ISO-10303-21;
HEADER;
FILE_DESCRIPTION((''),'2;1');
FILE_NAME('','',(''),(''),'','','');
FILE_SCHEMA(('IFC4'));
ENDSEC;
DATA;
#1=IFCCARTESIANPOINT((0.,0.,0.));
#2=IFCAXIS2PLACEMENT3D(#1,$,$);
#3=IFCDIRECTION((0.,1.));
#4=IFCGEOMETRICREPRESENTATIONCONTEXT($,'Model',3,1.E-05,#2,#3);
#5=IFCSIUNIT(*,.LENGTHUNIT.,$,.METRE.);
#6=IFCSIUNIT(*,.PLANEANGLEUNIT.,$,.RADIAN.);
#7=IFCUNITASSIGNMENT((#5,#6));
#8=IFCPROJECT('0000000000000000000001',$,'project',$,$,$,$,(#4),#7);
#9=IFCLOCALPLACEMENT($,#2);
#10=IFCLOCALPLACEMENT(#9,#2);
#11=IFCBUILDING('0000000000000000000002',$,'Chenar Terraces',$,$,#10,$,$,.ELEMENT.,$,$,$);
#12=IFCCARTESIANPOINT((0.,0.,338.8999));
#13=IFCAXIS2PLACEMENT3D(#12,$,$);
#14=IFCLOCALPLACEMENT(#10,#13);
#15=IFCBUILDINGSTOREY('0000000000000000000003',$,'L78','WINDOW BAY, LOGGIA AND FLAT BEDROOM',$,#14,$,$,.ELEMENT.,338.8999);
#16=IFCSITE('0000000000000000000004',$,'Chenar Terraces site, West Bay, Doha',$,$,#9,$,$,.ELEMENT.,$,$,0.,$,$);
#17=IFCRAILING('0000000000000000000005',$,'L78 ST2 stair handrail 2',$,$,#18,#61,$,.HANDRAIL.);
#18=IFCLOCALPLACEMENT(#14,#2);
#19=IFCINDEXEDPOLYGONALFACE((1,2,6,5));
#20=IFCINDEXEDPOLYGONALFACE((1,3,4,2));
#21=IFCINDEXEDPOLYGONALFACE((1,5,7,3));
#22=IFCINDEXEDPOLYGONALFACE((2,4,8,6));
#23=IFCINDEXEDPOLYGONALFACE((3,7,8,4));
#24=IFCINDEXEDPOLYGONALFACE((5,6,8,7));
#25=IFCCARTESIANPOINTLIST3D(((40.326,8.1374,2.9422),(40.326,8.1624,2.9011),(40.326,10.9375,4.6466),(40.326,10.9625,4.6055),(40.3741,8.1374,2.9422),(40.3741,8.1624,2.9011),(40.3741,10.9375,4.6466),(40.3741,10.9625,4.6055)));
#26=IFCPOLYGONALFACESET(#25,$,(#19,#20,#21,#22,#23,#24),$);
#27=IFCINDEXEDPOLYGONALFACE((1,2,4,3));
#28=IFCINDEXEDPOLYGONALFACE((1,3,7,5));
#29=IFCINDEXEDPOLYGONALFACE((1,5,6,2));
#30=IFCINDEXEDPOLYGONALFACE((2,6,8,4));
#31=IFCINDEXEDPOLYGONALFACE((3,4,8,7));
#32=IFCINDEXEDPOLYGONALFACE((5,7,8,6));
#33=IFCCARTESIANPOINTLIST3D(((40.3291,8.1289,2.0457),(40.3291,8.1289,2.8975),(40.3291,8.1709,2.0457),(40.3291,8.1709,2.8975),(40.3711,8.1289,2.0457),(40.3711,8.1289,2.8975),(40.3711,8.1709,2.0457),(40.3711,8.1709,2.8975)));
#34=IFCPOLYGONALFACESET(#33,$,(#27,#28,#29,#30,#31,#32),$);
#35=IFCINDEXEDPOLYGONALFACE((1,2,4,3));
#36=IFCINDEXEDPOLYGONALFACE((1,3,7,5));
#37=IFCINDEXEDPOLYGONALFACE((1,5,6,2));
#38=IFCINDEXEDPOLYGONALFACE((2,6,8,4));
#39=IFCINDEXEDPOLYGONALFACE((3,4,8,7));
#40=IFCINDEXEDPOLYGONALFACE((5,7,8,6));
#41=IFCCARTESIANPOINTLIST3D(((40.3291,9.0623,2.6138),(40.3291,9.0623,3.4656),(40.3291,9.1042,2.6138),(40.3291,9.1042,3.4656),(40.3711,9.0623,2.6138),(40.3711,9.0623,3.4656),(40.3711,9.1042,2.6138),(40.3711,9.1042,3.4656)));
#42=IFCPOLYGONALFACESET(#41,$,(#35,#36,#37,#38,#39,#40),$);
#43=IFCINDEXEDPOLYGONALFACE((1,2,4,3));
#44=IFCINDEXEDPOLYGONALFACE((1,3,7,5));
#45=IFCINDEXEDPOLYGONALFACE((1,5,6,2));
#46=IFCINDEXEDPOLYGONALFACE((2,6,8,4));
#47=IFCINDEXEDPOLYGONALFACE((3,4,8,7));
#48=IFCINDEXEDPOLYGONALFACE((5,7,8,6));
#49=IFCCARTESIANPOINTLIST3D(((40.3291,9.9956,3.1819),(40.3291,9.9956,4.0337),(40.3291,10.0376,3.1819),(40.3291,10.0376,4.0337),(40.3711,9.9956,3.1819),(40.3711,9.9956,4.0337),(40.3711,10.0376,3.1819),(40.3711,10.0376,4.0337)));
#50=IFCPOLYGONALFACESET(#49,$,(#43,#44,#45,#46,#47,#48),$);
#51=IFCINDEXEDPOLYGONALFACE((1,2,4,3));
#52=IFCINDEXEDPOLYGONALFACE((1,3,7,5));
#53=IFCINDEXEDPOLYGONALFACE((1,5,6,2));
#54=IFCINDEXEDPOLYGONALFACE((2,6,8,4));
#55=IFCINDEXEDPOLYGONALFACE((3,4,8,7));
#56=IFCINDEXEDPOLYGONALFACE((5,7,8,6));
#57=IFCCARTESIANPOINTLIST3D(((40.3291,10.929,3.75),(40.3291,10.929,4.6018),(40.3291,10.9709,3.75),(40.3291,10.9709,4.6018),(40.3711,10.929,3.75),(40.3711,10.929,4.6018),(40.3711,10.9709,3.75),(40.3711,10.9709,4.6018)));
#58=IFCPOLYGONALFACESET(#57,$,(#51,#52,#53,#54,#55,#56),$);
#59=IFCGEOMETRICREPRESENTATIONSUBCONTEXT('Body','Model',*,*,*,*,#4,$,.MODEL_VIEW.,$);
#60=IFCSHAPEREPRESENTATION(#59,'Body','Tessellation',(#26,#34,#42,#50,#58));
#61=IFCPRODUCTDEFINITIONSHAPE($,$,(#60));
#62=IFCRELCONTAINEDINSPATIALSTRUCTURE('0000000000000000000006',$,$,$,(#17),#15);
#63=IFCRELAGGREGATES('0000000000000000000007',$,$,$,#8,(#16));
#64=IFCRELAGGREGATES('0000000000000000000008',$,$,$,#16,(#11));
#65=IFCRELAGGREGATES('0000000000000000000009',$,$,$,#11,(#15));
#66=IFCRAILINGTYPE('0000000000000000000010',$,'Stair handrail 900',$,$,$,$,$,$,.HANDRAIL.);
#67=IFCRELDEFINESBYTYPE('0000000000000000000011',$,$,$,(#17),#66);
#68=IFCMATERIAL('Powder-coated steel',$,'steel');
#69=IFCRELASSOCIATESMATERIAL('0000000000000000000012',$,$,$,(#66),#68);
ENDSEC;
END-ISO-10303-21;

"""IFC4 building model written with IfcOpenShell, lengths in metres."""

from ifc_helpers import new_model, si_unit, direction, frame, origin, origin_2d, place, context, subcontext, project, spatial, rectangle, extrude, material, type_object, element, save


model = new_model("IFC4")

# Units and contexts
model_context = context("Model", 3, precision=1e-05, world=origin(), true_north=direction((0.0, 1.0)))
body_context = subcontext(model_context, "Body", "Model", "MODEL_VIEW")
ifc_project = project(units=[si_unit("LENGTHUNIT", "METRE"), si_unit("PLANEANGLEUNIT", "RADIAN")], contexts=[model_context])

# Site, building, storey
site_placement = place(None, origin())
site = spatial("IfcSite", under=ifc_project, at=site_placement, Name="Chenar Terraces site, West Bay, Doha", CompositionType="ELEMENT", RefElevation=0.0)
building_placement = place(site_placement, origin())
building = spatial("IfcBuilding", under=site, at=building_placement, Name="Chenar Terraces", CompositionType="ELEMENT")
storey_placement = place(building_placement, frame((0.0, 0.0, 338.8999)))
storey = spatial("IfcBuildingStorey", under=building, at=storey_placement, Name="L78", Description="WINDOW BAY, LOGGIA AND FLAT BEDROOM", CompositionType="ELEMENT", Elevation=338.8999)

# Railing
ifc_material_1 = material(Name="Powder-coated steel", Category="steel")
railing_type_1 = type_object("IfcRailingType", Name="Stair handrail 900", PredefinedType="HANDRAIL", material=ifc_material_1)
railing_1_placement = place(storey_placement, frame((40.3501, 8.1499, 2.0457)))
element("IfcRailing", 1, at=railing_1_placement, inside=storey, type_object=railing_type_1, Name="L78 ST2 stair handrail 2", PredefinedType="HANDRAIL", context=body_context, shape_type="SweptSolid", body=[
    extrude(rectangle(XDim=0.0481, YDim=0.0481, at=origin_2d()), frame((0.0, 0.0, 0.876), z_axis=(0.0, 0.854203, 0.51994), x_axis=(-1.0, 0.0, 0.0)), (0.0, 0.0, 1.0), 3.2781),
    extrude(rectangle(XDim=0.042, YDim=0.042, at=origin_2d()), origin(), (0.0, 0.0, 1.0), 0.8518),
    extrude(rectangle(XDim=0.042, YDim=0.042, at=origin_2d()), frame((0.0, 0.9333, 0.5681)), (0.0, 0.0, 1.0), 0.8518),
    extrude(rectangle(XDim=0.042, YDim=0.042, at=origin_2d()), frame((0.0, 1.8667, 1.1362)), (0.0, 0.0, 1.0), 0.8518),
    extrude(rectangle(XDim=0.042, YDim=0.042, at=origin_2d()), frame((0.0, 2.8, 1.7043)), (0.0, 0.0, 1.0), 0.8518),
])

save(model, "model.ifc")
